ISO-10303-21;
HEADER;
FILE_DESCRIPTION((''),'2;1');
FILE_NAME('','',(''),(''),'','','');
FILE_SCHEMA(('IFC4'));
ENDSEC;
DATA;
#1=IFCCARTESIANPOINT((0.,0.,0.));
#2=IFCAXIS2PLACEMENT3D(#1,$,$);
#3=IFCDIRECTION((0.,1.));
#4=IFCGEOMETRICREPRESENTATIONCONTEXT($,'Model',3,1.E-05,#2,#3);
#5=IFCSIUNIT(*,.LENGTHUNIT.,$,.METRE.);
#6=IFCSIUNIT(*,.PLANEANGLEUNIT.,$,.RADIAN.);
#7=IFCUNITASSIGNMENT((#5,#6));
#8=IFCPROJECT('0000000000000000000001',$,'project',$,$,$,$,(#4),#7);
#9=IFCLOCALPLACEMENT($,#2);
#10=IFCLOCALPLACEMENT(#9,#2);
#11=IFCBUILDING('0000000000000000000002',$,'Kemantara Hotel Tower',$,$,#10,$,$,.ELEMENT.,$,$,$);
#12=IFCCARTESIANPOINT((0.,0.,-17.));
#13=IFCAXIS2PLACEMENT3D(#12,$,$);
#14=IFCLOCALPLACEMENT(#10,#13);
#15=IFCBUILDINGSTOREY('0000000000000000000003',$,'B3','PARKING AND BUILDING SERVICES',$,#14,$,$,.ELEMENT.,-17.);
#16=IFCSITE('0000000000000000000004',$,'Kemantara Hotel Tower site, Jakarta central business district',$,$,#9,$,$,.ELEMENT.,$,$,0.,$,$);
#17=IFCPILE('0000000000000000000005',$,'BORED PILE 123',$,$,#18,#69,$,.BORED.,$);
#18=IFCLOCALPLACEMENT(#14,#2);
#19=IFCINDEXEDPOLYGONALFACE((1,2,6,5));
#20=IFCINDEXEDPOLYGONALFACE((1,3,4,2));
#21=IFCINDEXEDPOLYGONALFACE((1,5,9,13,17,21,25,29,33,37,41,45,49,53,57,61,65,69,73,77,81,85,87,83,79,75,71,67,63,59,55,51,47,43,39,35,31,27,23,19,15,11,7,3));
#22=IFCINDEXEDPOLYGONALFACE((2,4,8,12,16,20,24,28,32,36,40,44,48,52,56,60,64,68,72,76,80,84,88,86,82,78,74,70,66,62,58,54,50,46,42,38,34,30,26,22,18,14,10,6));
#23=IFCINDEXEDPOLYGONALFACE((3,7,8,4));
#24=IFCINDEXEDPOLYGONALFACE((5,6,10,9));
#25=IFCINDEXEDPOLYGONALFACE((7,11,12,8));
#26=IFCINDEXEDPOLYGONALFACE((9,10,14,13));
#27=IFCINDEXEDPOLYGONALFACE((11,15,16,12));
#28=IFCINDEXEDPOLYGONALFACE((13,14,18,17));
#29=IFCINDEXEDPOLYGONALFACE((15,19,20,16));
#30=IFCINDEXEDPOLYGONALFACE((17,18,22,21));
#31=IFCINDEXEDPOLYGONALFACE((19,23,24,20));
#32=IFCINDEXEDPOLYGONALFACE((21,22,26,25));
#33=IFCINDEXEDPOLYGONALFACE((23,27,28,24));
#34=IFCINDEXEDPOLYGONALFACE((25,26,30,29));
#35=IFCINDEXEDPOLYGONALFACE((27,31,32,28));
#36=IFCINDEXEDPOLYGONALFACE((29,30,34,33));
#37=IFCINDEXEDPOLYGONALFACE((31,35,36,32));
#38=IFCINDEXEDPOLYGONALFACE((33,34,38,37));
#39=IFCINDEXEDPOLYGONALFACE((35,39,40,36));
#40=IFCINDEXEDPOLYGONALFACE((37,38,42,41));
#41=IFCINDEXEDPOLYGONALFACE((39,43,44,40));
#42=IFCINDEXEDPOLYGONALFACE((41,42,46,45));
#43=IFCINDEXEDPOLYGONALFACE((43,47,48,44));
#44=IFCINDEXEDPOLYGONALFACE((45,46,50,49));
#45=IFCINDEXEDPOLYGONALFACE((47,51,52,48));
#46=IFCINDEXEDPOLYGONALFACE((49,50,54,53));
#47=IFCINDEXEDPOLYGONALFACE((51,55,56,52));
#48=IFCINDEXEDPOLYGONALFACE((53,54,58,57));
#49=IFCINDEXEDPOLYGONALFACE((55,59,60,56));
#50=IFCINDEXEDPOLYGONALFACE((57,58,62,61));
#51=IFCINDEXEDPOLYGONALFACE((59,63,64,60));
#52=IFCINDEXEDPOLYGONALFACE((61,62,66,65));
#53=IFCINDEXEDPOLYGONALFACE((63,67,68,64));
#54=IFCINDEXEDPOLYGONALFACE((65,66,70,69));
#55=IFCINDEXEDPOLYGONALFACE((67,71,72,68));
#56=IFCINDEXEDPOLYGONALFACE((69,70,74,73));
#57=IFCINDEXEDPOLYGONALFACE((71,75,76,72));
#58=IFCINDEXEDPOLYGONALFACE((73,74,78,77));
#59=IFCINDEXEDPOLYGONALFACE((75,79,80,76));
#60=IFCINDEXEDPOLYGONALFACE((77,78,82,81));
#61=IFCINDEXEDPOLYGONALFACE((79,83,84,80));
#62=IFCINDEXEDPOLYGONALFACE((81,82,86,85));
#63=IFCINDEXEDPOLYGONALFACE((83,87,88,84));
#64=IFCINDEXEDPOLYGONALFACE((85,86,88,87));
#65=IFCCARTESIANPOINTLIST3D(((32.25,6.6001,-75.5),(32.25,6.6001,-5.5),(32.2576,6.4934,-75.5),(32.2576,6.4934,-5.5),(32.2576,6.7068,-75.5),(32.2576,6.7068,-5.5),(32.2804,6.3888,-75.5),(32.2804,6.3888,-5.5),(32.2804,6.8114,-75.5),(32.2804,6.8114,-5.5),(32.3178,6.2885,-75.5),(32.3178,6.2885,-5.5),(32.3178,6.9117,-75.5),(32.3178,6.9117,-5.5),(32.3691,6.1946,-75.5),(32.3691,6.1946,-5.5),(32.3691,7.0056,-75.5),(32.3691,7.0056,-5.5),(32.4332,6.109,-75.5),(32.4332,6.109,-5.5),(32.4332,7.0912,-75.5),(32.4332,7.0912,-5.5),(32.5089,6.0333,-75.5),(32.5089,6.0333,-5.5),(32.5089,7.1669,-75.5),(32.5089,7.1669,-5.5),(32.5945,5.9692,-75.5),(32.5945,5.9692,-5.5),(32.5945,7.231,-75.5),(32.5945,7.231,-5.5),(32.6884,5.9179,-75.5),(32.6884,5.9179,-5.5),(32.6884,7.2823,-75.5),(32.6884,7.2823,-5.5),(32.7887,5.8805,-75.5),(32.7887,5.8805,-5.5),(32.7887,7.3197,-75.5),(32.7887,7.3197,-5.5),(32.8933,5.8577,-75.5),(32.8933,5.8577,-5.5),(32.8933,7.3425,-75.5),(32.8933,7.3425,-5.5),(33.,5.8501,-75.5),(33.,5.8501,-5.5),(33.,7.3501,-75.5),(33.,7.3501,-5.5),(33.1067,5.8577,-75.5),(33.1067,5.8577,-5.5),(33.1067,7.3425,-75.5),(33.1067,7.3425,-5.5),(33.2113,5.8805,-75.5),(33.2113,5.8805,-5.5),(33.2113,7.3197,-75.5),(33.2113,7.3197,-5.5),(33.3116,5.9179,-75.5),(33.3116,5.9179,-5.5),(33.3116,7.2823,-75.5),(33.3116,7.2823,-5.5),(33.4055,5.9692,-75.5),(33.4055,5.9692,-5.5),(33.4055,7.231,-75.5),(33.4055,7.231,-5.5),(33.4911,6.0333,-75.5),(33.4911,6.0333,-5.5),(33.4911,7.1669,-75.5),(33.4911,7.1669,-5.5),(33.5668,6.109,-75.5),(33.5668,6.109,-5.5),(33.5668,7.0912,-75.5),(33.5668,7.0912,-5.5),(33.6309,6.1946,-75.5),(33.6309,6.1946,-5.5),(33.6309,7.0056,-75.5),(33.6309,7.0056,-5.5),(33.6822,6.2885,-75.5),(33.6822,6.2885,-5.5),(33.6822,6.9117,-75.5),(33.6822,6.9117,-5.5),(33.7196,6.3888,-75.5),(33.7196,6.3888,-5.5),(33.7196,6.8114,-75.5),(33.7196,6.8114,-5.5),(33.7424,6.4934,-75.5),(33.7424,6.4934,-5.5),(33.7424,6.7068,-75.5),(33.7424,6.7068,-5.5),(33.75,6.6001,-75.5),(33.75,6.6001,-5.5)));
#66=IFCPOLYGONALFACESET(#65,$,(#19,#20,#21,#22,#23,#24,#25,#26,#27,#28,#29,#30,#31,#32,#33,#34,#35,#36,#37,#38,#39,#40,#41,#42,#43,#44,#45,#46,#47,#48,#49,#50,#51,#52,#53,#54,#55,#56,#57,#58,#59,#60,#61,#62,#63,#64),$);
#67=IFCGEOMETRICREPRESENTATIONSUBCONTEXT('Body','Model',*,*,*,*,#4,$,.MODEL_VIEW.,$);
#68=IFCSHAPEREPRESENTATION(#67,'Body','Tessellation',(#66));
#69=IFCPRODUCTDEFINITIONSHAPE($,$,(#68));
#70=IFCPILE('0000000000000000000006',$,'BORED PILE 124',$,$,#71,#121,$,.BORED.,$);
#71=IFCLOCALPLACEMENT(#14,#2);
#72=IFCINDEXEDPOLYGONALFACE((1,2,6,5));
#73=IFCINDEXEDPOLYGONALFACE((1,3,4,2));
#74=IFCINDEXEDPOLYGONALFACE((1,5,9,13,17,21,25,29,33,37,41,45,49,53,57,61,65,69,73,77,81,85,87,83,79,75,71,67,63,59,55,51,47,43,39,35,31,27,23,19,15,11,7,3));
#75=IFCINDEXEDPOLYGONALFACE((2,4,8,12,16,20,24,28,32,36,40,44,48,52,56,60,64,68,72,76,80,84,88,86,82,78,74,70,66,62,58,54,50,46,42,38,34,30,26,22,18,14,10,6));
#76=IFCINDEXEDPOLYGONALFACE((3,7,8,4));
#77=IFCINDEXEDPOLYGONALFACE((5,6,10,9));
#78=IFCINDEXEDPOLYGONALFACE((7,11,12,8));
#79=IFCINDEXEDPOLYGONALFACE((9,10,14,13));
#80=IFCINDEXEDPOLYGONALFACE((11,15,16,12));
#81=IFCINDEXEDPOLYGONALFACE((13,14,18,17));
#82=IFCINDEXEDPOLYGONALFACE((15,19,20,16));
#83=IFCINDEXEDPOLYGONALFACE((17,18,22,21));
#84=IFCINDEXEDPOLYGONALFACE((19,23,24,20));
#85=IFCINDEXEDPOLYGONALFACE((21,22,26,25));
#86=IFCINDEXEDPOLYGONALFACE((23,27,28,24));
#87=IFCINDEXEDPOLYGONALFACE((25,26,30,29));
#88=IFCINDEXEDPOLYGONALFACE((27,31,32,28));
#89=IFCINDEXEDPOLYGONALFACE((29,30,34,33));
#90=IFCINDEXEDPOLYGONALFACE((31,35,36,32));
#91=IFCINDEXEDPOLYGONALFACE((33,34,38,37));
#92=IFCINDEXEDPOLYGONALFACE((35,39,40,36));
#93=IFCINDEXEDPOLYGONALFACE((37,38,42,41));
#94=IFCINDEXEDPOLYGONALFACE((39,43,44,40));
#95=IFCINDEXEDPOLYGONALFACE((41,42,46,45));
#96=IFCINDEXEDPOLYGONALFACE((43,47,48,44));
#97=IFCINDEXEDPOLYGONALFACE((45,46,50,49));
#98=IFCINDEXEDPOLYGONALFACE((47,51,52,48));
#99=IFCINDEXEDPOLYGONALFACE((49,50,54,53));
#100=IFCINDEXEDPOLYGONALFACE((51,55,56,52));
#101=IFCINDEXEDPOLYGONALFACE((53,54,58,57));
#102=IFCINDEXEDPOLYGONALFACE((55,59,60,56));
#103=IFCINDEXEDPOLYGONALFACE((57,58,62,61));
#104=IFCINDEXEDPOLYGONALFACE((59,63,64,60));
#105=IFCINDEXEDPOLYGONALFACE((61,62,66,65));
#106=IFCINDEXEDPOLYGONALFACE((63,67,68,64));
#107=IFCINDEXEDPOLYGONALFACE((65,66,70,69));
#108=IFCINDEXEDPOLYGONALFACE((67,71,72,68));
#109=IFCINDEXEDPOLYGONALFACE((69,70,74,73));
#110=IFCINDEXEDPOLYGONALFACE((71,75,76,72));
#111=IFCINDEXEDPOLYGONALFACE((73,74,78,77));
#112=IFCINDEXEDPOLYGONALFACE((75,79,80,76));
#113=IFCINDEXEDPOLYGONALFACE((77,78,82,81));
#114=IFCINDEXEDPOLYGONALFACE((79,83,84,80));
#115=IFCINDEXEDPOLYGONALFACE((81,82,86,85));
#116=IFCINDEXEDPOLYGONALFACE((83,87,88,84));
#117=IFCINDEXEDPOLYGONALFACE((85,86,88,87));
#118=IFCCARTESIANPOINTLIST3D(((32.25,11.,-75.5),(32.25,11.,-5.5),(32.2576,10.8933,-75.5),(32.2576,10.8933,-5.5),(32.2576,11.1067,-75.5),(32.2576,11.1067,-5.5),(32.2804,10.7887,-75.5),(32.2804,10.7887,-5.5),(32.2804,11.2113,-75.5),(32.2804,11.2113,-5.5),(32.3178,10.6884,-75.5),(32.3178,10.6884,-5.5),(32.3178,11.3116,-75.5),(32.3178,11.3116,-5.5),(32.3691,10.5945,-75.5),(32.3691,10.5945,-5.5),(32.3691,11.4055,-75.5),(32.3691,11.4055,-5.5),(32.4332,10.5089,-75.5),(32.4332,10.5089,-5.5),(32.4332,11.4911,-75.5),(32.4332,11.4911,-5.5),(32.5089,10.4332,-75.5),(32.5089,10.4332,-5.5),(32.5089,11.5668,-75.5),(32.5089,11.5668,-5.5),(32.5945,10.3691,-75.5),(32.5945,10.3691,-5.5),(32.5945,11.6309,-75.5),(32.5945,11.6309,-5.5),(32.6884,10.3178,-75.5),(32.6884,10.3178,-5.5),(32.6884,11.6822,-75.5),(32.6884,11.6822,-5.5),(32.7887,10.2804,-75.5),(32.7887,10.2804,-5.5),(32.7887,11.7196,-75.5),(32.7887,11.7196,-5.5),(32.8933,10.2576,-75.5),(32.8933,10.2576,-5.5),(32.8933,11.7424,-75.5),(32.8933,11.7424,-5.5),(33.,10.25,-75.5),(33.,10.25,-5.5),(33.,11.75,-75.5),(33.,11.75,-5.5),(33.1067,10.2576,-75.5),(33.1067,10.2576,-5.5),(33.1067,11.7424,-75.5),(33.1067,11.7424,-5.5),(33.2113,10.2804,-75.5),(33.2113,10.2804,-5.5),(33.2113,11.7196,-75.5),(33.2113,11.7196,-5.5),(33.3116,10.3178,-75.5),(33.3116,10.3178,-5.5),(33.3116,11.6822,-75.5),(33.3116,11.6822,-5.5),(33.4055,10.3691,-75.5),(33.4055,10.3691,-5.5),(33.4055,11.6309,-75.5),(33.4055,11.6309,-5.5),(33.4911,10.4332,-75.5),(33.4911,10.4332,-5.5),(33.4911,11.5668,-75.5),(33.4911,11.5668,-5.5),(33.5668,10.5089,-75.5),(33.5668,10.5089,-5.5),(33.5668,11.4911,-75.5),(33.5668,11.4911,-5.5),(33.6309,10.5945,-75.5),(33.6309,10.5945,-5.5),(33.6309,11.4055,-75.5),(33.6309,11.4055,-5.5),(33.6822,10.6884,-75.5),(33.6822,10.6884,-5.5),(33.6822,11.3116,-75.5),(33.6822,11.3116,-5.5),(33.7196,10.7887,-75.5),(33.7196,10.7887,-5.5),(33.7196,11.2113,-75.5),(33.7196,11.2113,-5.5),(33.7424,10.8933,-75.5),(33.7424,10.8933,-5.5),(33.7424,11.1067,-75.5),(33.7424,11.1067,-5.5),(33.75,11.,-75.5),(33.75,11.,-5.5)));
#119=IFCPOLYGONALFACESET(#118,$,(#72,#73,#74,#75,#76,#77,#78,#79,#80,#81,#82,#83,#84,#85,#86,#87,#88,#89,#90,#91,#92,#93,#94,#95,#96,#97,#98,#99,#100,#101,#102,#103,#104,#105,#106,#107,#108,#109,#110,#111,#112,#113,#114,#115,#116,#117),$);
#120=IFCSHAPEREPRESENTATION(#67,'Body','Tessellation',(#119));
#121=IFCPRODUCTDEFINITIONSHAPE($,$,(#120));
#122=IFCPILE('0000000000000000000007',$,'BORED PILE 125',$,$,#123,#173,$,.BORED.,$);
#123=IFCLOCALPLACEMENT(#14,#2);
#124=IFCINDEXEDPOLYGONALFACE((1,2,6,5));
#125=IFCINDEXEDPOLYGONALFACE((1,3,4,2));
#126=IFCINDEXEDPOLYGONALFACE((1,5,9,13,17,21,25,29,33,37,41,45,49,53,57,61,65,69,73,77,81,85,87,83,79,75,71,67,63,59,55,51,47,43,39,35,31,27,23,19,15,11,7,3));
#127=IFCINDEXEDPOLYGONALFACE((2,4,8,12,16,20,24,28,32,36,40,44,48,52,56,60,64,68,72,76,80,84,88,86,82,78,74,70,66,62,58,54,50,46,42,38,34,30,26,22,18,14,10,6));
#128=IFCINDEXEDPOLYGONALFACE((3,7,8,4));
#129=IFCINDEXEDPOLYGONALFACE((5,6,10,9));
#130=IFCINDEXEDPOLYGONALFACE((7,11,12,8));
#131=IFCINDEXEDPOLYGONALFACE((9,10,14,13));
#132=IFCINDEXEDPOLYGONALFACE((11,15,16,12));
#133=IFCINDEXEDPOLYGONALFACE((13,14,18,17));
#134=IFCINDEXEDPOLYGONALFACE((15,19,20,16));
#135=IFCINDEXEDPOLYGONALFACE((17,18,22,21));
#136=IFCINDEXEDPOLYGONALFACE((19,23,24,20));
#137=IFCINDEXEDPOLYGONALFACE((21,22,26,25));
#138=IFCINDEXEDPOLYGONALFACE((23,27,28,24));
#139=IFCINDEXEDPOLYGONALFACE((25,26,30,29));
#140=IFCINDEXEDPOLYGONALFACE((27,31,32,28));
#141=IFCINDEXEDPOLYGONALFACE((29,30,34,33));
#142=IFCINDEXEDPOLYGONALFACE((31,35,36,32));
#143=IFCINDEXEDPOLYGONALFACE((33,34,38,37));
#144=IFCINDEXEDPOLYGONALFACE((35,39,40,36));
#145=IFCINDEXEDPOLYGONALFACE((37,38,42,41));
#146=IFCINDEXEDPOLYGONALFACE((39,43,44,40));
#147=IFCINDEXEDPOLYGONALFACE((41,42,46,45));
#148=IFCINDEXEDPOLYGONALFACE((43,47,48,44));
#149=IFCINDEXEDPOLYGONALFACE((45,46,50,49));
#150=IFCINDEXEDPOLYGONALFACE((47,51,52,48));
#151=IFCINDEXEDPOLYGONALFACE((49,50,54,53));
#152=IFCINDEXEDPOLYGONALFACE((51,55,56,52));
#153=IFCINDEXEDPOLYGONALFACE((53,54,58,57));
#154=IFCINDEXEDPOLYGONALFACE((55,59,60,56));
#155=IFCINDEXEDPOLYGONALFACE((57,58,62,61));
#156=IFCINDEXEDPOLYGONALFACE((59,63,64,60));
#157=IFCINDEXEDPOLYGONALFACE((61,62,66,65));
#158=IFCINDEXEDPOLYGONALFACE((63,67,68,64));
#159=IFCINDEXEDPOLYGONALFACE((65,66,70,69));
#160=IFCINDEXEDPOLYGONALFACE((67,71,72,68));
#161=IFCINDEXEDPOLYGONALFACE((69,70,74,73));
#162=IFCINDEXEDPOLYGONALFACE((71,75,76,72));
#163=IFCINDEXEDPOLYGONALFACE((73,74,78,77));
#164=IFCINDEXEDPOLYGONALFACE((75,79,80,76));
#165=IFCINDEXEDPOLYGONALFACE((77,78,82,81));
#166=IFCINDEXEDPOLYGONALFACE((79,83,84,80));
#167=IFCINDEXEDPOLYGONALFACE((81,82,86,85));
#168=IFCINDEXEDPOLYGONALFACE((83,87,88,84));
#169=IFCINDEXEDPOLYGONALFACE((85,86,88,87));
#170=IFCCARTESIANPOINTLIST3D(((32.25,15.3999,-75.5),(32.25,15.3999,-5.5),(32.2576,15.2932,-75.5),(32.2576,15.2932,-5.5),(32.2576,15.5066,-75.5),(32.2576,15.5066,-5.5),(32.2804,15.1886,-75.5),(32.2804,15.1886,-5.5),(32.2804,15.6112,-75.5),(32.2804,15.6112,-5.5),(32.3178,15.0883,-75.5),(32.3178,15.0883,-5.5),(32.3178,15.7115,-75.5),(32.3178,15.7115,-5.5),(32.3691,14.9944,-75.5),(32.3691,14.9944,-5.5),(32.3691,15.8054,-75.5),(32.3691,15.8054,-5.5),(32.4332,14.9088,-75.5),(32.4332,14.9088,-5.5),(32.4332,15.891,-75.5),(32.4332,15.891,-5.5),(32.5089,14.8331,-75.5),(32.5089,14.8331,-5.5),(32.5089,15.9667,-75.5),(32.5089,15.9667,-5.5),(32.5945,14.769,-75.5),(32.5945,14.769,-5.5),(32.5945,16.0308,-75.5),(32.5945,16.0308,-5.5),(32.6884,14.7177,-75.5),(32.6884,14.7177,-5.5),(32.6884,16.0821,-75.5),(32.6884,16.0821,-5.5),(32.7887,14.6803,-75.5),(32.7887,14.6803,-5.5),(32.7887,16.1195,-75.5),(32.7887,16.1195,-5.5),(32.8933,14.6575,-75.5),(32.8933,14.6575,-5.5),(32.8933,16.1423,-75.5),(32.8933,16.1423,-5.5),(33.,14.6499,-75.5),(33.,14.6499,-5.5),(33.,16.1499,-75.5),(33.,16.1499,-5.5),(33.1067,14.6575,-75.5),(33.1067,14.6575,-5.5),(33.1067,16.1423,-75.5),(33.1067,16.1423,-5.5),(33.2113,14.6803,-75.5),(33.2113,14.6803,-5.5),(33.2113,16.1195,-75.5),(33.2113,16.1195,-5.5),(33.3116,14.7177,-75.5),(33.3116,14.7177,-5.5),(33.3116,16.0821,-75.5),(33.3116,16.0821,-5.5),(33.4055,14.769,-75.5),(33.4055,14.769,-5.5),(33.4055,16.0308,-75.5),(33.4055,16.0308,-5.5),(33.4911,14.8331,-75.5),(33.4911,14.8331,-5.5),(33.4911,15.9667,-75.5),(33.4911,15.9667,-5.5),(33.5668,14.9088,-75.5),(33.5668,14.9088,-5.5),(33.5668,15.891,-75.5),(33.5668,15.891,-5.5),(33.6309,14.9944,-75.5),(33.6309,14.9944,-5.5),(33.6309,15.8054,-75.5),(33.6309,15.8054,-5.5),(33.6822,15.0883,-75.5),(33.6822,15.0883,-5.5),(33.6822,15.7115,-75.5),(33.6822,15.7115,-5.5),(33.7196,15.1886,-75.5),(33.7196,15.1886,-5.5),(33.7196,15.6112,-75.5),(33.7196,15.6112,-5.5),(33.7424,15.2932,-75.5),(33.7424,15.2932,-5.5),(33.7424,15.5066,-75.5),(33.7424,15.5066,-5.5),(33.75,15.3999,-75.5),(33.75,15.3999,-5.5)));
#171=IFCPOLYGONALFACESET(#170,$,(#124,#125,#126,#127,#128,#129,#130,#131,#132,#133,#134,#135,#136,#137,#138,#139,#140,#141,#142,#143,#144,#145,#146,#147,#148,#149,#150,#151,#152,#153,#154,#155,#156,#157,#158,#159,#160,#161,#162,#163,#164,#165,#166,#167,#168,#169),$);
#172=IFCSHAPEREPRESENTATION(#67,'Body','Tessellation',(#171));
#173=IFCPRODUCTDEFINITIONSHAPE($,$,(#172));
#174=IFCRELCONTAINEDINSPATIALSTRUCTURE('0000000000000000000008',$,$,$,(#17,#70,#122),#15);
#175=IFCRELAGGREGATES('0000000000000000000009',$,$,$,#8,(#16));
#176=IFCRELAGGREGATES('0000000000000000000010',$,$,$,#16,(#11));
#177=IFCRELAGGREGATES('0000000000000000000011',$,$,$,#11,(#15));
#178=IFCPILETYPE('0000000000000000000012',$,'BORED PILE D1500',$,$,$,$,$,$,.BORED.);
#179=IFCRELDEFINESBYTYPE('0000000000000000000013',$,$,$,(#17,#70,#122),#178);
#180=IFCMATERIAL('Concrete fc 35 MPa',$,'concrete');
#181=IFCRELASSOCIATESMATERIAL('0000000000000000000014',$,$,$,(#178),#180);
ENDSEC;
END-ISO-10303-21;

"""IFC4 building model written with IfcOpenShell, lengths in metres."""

from ifc_helpers import new_model, si_unit, direction, frame, origin, origin_2d, place, context, subcontext, project, spatial, circle, extrude, material, material_profile, profile_set, type_object, element, save


model = new_model("IFC4")

# Units and contexts
model_context = context("Model", 3, precision=1e-05, world=origin(), true_north=direction((0.0, 1.0)))
body_context = subcontext(model_context, "Body", "Model", "MODEL_VIEW")
ifc_project = project(units=[si_unit("LENGTHUNIT", "METRE"), si_unit("PLANEANGLEUNIT", "RADIAN")], contexts=[model_context])

# Site, building, storey
site_placement = place(None, origin())
site = spatial("IfcSite", under=ifc_project, at=site_placement, Name="Kemantara Hotel Tower site, Jakarta central business district", CompositionType="ELEMENT", RefElevation=0.0)
building_placement = place(site_placement, origin())
building = spatial("IfcBuilding", under=site, at=building_placement, Name="Kemantara Hotel Tower", CompositionType="ELEMENT")
storey_placement = place(building_placement, frame((0.0, 0.0, -17.0)))
storey = spatial("IfcBuildingStorey", under=building, at=storey_placement, Name="B3", Description="PARKING AND BUILDING SERVICES", CompositionType="ELEMENT", Elevation=-17.0)

# Piles
ifc_material_1 = material(Name="Concrete fc 35 MPa", Category="concrete")
ifc_material_profile_1 = material_profile(ifc_material_1, circle(Radius=0.75, at=origin_2d()), Name="BORED PILE D1500")
ifc_profile_set_1 = profile_set([ifc_material_profile_1], Name="Concrete fc 35 MPa")
pile_type = type_object("IfcPileType", Name="BORED PILE D1500", PredefinedType="BORED", material=ifc_profile_set_1)
for number, where, z_axis, x_axis, name in (
    (1, (33.0, 6.6001, -5.5), (0.0, 0.0, -1.0), (1.0, 0.0, 0.0), "BORED PILE 123"),
    (2, (33.0, 11.0, -5.5), (0.0, 0.0, -1.0), (1.0, 0.0, 0.0), "BORED PILE 124"),
    (3, (33.0, 15.3999, -5.5), (0.0, 0.0, -1.0), (1.0, 0.0, 0.0), "BORED PILE 125"),
):
    element("IfcPile", number, at=place(storey_placement, frame(where, z_axis=z_axis, x_axis=x_axis)), inside=storey, type_object=pile_type, Name=name, PredefinedType="BORED", context=body_context, shape_type="SweptSolid", body=[
        extrude(circle(Radius=0.75, at=origin_2d()), origin(), (0.0, 0.0, 1.0), 70.0),
    ])

save(model, "model.ifc")
